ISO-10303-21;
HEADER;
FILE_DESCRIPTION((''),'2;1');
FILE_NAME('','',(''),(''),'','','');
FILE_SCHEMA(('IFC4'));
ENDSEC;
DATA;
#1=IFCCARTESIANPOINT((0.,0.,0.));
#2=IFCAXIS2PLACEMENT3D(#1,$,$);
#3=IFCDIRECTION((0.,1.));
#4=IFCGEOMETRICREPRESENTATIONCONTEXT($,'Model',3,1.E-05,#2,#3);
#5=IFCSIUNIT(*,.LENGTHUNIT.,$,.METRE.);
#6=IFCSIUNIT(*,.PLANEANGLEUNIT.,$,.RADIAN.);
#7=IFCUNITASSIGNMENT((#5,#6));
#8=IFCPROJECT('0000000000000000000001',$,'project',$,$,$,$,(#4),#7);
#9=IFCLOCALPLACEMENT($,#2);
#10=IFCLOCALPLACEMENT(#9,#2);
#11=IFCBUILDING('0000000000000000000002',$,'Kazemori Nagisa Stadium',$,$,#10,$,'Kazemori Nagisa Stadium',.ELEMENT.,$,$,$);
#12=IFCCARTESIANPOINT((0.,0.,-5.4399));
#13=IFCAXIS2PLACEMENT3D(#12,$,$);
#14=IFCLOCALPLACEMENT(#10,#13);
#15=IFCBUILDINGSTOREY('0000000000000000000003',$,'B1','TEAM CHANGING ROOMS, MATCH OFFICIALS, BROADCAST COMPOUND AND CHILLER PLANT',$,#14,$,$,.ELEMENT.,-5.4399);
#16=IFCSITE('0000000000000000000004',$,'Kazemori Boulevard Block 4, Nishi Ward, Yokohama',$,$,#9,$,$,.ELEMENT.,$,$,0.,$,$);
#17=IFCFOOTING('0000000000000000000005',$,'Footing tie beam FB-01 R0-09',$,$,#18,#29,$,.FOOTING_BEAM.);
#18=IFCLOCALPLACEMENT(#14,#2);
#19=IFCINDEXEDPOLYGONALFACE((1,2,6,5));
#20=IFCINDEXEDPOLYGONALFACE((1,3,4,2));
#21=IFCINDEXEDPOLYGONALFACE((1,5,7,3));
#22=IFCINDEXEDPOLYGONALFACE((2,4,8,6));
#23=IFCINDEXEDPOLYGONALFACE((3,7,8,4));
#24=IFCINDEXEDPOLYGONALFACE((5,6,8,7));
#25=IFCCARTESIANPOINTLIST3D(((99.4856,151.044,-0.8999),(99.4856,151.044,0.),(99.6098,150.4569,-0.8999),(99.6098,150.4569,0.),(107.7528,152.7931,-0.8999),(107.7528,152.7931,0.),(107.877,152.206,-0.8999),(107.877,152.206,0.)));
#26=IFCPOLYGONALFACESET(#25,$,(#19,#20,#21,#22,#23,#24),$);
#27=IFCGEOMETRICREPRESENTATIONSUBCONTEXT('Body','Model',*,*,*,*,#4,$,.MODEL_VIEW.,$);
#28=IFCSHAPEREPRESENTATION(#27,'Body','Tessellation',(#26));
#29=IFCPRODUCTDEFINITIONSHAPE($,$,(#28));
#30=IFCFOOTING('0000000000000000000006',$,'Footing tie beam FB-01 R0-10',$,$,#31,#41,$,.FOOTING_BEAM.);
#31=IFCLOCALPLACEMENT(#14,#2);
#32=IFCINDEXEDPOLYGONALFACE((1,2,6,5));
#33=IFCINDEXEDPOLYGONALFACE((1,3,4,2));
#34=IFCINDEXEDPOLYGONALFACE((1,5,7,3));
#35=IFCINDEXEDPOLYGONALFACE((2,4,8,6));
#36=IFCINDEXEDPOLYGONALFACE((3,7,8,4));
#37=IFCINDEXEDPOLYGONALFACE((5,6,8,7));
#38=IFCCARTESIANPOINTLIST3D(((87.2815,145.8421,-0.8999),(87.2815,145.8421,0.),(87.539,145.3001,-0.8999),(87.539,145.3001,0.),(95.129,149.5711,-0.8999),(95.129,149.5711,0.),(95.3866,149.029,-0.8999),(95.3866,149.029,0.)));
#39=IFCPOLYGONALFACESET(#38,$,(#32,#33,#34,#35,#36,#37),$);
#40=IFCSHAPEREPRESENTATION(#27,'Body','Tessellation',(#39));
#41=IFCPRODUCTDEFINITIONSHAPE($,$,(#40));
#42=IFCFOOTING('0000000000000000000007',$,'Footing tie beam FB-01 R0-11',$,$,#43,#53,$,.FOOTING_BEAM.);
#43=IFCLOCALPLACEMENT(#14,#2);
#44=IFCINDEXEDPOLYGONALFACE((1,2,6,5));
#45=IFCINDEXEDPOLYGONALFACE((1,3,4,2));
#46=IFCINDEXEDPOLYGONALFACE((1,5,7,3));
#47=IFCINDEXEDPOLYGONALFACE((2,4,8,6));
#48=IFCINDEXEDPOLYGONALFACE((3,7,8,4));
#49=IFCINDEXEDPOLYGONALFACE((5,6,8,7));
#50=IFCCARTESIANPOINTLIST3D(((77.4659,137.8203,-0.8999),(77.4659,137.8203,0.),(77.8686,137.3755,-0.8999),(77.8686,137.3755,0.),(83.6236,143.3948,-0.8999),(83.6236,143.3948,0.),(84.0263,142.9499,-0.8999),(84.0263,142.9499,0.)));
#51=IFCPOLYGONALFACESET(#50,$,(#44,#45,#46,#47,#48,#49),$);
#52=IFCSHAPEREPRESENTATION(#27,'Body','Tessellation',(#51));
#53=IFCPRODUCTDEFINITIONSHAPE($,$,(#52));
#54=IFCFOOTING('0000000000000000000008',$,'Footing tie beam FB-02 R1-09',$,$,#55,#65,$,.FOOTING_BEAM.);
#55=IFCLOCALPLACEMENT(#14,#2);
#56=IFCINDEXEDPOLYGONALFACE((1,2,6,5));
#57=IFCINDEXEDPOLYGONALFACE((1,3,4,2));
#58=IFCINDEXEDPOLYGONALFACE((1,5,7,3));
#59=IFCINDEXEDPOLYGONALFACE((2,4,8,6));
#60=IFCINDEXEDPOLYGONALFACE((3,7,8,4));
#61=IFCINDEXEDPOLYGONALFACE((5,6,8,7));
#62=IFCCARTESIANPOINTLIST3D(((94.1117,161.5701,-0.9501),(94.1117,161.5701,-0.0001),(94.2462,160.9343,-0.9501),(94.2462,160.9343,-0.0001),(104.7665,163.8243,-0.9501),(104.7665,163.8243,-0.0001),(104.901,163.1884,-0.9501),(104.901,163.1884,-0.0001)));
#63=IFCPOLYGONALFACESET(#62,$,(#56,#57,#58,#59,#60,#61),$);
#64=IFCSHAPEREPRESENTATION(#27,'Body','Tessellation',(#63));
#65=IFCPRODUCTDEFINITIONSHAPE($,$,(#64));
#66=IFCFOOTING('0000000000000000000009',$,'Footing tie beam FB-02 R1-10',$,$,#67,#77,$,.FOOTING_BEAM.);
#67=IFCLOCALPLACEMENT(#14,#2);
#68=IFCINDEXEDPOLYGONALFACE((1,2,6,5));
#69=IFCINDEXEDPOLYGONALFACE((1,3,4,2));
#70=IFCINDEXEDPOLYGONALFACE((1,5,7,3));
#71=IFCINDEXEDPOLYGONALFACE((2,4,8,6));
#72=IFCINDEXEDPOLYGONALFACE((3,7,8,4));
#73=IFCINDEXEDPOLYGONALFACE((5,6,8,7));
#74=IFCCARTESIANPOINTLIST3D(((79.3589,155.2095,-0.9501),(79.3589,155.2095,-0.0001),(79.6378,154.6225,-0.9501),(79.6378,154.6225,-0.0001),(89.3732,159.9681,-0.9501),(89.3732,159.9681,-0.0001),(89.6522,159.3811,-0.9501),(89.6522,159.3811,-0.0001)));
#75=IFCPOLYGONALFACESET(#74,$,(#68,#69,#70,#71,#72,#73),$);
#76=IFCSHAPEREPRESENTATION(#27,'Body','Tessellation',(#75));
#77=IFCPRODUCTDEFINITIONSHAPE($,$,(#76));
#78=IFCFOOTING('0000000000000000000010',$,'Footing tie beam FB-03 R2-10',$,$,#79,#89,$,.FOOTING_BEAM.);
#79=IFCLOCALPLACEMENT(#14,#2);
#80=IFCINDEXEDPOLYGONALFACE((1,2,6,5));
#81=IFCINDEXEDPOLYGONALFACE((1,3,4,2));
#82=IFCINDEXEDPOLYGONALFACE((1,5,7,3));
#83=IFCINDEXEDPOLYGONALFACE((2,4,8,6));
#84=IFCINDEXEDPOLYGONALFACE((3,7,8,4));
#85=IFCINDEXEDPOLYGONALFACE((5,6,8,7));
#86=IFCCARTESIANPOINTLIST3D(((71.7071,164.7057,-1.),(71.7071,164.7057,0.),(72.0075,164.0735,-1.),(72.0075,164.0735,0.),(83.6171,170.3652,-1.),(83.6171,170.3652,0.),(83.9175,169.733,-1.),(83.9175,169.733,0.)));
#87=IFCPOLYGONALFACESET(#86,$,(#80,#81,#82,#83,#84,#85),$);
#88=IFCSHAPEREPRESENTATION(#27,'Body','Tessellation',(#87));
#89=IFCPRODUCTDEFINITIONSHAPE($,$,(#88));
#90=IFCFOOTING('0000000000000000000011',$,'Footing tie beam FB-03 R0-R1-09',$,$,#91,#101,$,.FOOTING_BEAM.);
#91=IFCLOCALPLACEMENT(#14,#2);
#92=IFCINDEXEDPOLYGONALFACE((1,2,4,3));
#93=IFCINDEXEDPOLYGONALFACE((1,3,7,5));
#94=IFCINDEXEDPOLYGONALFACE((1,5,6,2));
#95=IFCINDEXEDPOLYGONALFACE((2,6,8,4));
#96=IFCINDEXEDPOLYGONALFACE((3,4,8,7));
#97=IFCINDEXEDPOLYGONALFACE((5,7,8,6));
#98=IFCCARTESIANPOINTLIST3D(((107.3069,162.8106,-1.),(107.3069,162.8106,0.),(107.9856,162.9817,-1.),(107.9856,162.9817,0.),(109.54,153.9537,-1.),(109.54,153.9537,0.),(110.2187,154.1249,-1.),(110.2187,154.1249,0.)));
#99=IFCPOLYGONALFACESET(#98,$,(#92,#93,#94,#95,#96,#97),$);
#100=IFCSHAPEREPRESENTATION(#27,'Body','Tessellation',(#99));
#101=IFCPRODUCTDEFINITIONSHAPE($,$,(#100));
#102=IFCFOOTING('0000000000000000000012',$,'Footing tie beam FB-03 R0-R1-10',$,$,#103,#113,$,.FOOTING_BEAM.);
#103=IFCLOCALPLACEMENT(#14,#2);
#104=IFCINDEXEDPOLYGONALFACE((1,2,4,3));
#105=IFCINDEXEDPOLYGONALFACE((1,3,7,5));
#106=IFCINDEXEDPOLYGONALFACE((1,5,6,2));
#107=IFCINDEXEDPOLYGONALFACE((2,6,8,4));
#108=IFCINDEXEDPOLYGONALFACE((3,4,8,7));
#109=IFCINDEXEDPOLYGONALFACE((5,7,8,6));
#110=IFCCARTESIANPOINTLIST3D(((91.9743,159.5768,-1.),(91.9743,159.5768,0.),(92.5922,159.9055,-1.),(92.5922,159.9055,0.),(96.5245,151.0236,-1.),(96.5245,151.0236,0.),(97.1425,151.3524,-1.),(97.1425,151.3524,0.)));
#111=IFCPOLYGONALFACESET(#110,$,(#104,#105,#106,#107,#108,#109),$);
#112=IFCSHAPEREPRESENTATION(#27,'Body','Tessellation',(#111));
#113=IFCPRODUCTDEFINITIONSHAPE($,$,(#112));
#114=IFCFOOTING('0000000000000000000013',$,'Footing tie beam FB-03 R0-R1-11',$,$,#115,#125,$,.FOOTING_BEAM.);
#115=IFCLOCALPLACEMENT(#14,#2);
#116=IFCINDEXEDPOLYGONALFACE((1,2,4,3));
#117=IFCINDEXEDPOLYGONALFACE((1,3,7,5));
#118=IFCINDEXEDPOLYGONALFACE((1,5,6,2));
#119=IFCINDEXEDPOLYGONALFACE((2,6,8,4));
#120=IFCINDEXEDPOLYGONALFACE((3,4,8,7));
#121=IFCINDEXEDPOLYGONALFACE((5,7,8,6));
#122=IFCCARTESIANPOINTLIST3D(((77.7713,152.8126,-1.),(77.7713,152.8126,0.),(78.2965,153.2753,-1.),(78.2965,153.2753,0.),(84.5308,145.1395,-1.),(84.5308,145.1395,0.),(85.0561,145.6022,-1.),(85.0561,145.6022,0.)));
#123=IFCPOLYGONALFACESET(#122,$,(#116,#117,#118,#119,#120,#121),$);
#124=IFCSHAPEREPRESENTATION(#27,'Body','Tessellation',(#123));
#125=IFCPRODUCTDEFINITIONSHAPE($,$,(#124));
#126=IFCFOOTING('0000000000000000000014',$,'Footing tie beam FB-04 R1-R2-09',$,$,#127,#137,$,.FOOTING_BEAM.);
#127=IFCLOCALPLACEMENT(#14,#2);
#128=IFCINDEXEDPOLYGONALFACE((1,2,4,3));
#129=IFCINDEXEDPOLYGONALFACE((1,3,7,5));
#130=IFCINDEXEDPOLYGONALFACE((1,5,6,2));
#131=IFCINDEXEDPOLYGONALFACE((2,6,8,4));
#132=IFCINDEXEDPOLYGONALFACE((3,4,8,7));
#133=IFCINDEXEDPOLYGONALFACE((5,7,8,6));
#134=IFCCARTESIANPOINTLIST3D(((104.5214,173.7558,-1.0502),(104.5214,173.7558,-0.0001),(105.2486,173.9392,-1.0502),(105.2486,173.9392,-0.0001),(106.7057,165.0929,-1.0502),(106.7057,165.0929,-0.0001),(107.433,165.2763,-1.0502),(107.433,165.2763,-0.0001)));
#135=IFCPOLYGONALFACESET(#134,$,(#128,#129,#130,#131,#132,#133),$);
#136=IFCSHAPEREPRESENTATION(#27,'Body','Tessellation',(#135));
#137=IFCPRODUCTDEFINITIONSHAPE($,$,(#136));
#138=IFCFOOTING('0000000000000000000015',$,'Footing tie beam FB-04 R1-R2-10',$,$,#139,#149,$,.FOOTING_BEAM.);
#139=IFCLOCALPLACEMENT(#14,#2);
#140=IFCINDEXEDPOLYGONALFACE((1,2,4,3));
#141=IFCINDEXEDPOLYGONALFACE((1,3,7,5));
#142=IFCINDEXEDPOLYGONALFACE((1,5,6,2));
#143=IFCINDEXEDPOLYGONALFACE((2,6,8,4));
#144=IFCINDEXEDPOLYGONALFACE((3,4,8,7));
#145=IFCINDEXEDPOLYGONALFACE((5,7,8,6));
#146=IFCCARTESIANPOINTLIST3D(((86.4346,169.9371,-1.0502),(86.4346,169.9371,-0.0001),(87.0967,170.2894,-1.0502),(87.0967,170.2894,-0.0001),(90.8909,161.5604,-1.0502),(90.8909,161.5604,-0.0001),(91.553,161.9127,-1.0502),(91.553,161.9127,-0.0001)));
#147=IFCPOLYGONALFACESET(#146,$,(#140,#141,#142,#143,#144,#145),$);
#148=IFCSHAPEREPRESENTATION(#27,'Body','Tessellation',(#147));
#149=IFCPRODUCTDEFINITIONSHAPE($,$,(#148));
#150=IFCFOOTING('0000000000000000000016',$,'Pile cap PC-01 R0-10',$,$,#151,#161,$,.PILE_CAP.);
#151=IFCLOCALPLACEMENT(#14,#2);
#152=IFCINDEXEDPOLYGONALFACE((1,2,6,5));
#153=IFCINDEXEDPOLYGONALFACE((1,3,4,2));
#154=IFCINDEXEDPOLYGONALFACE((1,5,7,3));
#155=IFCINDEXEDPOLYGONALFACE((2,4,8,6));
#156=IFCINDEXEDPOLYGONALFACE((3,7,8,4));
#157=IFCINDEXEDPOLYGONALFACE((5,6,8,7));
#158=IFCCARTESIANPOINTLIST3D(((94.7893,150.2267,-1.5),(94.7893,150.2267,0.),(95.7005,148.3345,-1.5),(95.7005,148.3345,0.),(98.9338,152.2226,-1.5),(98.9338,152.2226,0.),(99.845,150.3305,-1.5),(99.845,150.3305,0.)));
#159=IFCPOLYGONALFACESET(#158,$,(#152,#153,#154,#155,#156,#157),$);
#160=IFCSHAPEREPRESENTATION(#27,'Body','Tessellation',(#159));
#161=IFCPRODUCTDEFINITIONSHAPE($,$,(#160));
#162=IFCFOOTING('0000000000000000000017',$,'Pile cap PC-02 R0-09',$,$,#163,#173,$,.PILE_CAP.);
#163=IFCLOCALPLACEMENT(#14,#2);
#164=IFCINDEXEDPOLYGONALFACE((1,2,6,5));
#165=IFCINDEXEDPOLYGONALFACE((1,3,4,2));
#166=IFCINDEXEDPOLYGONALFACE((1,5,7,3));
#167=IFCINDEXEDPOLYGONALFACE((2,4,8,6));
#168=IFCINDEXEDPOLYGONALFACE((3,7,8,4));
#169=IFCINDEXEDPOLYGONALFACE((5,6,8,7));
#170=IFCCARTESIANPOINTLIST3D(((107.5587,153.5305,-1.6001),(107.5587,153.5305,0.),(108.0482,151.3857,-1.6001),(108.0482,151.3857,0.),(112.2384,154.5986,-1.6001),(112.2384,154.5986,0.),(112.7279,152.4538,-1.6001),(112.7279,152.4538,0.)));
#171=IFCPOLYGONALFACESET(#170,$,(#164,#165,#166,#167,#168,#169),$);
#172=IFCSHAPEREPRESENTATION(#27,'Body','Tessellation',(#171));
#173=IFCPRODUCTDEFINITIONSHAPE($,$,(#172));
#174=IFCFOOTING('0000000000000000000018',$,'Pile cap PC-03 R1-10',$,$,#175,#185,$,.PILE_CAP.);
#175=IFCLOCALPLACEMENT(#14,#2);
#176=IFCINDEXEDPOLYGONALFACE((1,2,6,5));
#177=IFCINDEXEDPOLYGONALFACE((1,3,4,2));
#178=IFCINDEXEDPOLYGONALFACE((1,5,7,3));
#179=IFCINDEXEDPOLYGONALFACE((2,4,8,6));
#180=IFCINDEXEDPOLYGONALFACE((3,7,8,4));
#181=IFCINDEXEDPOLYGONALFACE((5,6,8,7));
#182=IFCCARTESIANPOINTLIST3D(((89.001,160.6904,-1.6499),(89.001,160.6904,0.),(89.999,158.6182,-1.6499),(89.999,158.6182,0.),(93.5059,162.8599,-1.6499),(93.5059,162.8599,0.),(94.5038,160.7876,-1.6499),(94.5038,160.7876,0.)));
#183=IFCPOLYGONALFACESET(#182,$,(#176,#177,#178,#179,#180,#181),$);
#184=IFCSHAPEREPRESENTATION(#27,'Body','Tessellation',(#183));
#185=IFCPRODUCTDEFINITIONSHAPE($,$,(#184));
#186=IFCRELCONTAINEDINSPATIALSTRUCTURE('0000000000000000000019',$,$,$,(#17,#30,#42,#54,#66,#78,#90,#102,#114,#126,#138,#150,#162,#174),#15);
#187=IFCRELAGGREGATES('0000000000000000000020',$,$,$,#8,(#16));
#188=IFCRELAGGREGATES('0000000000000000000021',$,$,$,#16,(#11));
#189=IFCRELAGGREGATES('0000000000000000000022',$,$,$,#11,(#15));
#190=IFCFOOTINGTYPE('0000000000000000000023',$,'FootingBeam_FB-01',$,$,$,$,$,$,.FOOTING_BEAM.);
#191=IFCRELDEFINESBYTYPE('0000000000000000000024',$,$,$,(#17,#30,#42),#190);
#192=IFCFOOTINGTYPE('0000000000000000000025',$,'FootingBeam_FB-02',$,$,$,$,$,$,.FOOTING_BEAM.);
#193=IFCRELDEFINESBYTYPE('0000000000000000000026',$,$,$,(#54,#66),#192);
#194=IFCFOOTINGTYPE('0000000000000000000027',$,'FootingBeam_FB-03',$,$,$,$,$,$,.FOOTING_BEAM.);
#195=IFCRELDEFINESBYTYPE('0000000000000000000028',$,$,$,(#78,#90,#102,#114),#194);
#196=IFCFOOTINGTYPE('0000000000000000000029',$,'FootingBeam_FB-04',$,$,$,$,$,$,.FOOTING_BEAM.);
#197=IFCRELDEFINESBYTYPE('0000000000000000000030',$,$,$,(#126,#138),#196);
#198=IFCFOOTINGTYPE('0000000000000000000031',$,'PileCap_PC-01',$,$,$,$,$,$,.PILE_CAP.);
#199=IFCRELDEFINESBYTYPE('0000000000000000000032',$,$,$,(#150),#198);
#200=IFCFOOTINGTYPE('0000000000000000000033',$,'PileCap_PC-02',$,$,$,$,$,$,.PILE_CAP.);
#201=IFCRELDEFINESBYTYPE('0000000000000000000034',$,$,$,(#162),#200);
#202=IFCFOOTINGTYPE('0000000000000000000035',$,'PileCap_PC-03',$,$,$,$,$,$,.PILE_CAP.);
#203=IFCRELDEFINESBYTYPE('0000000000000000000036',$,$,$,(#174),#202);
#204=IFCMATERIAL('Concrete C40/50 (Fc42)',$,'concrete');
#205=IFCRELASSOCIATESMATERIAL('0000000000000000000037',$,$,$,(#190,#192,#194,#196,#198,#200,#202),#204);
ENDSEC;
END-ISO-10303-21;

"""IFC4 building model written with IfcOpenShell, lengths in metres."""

from ifc_helpers import new_model, si_unit, direction, frame, origin, origin_2d, place, context, subcontext, project, spatial, rectangle, extrude, material, material_profile, profile_set, type_object, element, save


model = new_model("IFC4")

# Units and contexts
model_context = context("Model", 3, precision=1e-05, world=origin(), true_north=direction((0.0, 1.0)))
body_context = subcontext(model_context, "Body", "Model", "MODEL_VIEW")
ifc_project = project(units=[si_unit("LENGTHUNIT", "METRE"), si_unit("PLANEANGLEUNIT", "RADIAN")], contexts=[model_context])

# Site, building, storey
site_placement = place(None, origin())
site = spatial("IfcSite", under=ifc_project, at=site_placement, Name="Kazemori Boulevard Block 4, Nishi Ward, Yokohama", CompositionType="ELEMENT", RefElevation=0.0)
building_placement = place(site_placement, origin())
building = spatial("IfcBuilding", under=site, at=building_placement, Name="Kazemori Nagisa Stadium", LongName="Kazemori Nagisa Stadium", CompositionType="ELEMENT")
storey_placement = place(building_placement, frame((0.0, 0.0, -5.4399)))
storey = spatial("IfcBuildingStorey", under=building, at=storey_placement, Name="B1", Description="TEAM CHANGING ROOMS, MATCH OFFICIALS, BROADCAST COMPOUND AND CHILLER PLANT", CompositionType="ELEMENT", Elevation=-5.4399)

# Footings
ifc_material_1 = material(Name="Concrete C40/50 (Fc42)", Category="concrete")
ifc_material_profile_1 = material_profile(ifc_material_1, rectangle(XDim=0.6001, YDim=0.8999, at=origin_2d()), Name="RC-FB-600x900")
ifc_profile_set_1 = profile_set([ifc_material_profile_1], Name="Concrete C40/50 (Fc42)")
footing_type_1 = type_object("IfcFootingType", Name="FootingBeam_FB-01", PredefinedType="FOOTING_BEAM", material=ifc_profile_set_1)
footing_1_placement = place(storey_placement, frame((107.8149, 152.4995, -0.45), z_axis=(-0.978345, -0.206983, 0.0), x_axis=(0.206983, -0.978345, 0.0)))
element("IfcFooting", 1, at=footing_1_placement, inside=storey, type_object=footing_type_1, Name="Footing tie beam FB-01 R0-09", PredefinedType="FOOTING_BEAM", context=body_context, shape_type="SweptSolid", body=[
    extrude(rectangle(XDim=0.6001, YDim=0.8999, at=origin_2d()), origin(), (0.0, 0.0, 1.0), 8.4502),
])
footing_2_placement = place(storey_placement, frame((95.2578, 149.3, -0.45), z_axis=(-0.903217, -0.429185, 0.0), x_axis=(0.429185, -0.903217, 0.0)))
element("IfcFooting", 2, at=footing_2_placement, inside=storey, type_object=footing_type_1, Name="Footing tie beam FB-01 R0-10", PredefinedType="FOOTING_BEAM", context=body_context, shape_type="SweptSolid", body=[
    extrude(rectangle(XDim=0.6001, YDim=0.8999, at=origin_2d()), origin(), (0.0, 0.0, 1.0), 8.6885),
])
footing_3_placement = place(storey_placement, frame((83.825, 143.1724, -0.45), z_axis=(-0.741344, -0.671125, 0.0), x_axis=(0.671125, -0.741344, 0.0)))
element("IfcFooting", 3, at=footing_3_placement, inside=storey, type_object=footing_type_1, Name="Footing tie beam FB-01 R0-11", PredefinedType="FOOTING_BEAM", context=body_context, shape_type="SweptSolid", body=[
    extrude(rectangle(XDim=0.6001, YDim=0.8999, at=origin_2d()), origin(), (0.0, 0.0, 1.0), 8.3062),
])
ifc_material_profile_2 = material_profile(ifc_material_1, rectangle(XDim=0.6499, YDim=0.95, at=origin_2d()), Name="RC-FB-650x950")
ifc_profile_set_2 = profile_set([ifc_material_profile_2], Name="Concrete C40/50 (Fc42)")
footing_type_2 = type_object("IfcFootingType", Name="FootingBeam_FB-02", PredefinedType="FOOTING_BEAM", material=ifc_profile_set_2)
footing_4_placement = place(storey_placement, frame((104.8337, 163.5063, -0.4751), z_axis=(-0.978345, -0.206981, 0.0), x_axis=(0.206981, -0.978345, 0.0)))
element("IfcFooting", 4, at=footing_4_placement, inside=storey, type_object=footing_type_2, Name="Footing tie beam FB-02 R1-09", PredefinedType="FOOTING_BEAM", context=body_context, shape_type="SweptSolid", body=[
    extrude(rectangle(XDim=0.6499, YDim=0.95, at=origin_2d()), origin(), (0.0, 0.0, 1.0), 10.8906),
])
footing_5_placement = place(storey_placement, frame((89.5127, 159.6746, -0.4751), z_axis=(-0.903218, -0.429182, 0.0), x_axis=(0.429182, -0.903218, 0.0)))
element("IfcFooting", 5, at=footing_5_placement, inside=storey, type_object=footing_type_2, Name="Footing tie beam FB-02 R1-10", PredefinedType="FOOTING_BEAM", context=body_context, shape_type="SweptSolid", body=[
    extrude(rectangle(XDim=0.6499, YDim=0.95, at=origin_2d()), origin(), (0.0, 0.0, 1.0), 11.0874),
])
ifc_material_profile_3 = material_profile(ifc_material_1, rectangle(XDim=0.7, YDim=1.0, at=origin_2d()), Name="RC-FB-700x1000")
ifc_profile_set_3 = profile_set([ifc_material_profile_3], Name="Concrete C40/50 (Fc42)")
footing_type_3 = type_object("IfcFootingType", Name="FootingBeam_FB-03", PredefinedType="FOOTING_BEAM", material=ifc_profile_set_3)
footing_6_placement = place(storey_placement, frame((83.7673, 170.0491, -0.5), z_axis=(-0.903212, -0.429194, 0.0), x_axis=(0.429194, -0.903212, 0.0)))
element("IfcFooting", 6, at=footing_6_placement, inside=storey, type_object=footing_type_3, Name="Footing tie beam FB-03 R2-10", PredefinedType="FOOTING_BEAM", context=body_context, shape_type="SweptSolid", body=[
    extrude(rectangle(XDim=0.7, YDim=1.0, at=origin_2d()), origin(), (0.0, 0.0, 1.0), 13.1863),
])
footing_7_placement = place(storey_placement, frame((109.8794, 154.0393, -0.5), z_axis=(-0.244485, 0.969653, 0.0), x_axis=(-0.969653, -0.244485, 0.0)))
element("IfcFooting", 7, at=footing_7_placement, inside=storey, type_object=footing_type_3, Name="Footing tie beam FB-03 R0-R1-09", PredefinedType="FOOTING_BEAM", context=body_context, shape_type="SweptSolid", body=[
    extrude(rectangle(XDim=0.7, YDim=1.0, at=origin_2d()), origin(), (0.0, 0.0, 1.0), 9.134),
])
footing_8_placement = place(storey_placement, frame((96.8335, 151.188, -0.5), z_axis=(-0.46967, 0.882842, 0.0), x_axis=(-0.882842, -0.46967, 0.0)))
element("IfcFooting", 8, at=footing_8_placement, inside=storey, type_object=footing_type_3, Name="Footing tie beam FB-03 R0-R1-10", PredefinedType="FOOTING_BEAM", context=body_context, shape_type="SweptSolid", body=[
    extrude(rectangle(XDim=0.7, YDim=1.0, at=origin_2d()), origin(), (0.0, 0.0, 1.0), 9.6882),
])
footing_9_placement = place(storey_placement, frame((84.7935, 145.3708, -0.5), z_axis=(-0.661024, 0.750364, 0.0), x_axis=(-0.750364, -0.661024, 0.0)))
element("IfcFooting", 9, at=footing_9_placement, inside=storey, type_object=footing_type_3, Name="Footing tie beam FB-03 R0-R1-11", PredefinedType="FOOTING_BEAM", context=body_context, shape_type="SweptSolid", body=[
    extrude(rectangle(XDim=0.7, YDim=1.0, at=origin_2d()), origin(), (0.0, 0.0, 1.0), 10.2258),
])
ifc_material_profile_4 = material_profile(ifc_material_1, rectangle(XDim=0.75, YDim=1.05, at=origin_2d()), Name="RC-FB-750x1050")
ifc_profile_set_4 = profile_set([ifc_material_profile_4], Name="Concrete C40/50 (Fc42)")
footing_type_4 = type_object("IfcFootingType", Name="FootingBeam_FB-04", PredefinedType="FOOTING_BEAM", material=ifc_profile_set_4)
footing_10_placement = place(storey_placement, frame((107.0693, 165.1846, -0.5251), z_axis=(-0.244496, 0.96965, 0.0), x_axis=(-0.96965, -0.244496, 0.0)))
element("IfcFooting", 10, at=footing_10_placement, inside=storey, type_object=footing_type_4, Name="Footing tie beam FB-04 R1-R2-09", PredefinedType="FOOTING_BEAM", context=body_context, shape_type="SweptSolid", body=[
    extrude(rectangle(XDim=0.75, YDim=1.05, at=origin_2d()), origin(), (0.0, 0.0, 1.0), 8.9341),
])
footing_11_placement = place(storey_placement, frame((91.2219, 161.7366, -0.5251), z_axis=(-0.469662, 0.882846, 0.0), x_axis=(-0.882846, -0.469662, 0.0)))
element("IfcFooting", 11, at=footing_11_placement, inside=storey, type_object=footing_type_4, Name="Footing tie beam FB-04 R1-R2-10", PredefinedType="FOOTING_BEAM", context=body_context, shape_type="SweptSolid", body=[
    extrude(rectangle(XDim=0.75, YDim=1.05, at=origin_2d()), origin(), (0.0, 0.0, 1.0), 9.4883),
])
footing_type_5 = type_object("IfcFootingType", Name="PileCap_PC-01", PredefinedType="PILE_CAP", material=ifc_material_1)
footing_12_placement = place(storey_placement, frame((97.3171, 150.2786, -1.5), z_axis=(0.0, 0.0, 1.0), x_axis=(-0.900969, -0.433884, 0.0)))
element("IfcFooting", 12, at=footing_12_placement, inside=storey, type_object=footing_type_5, Name="Pile cap PC-01 R0-10", PredefinedType="PILE_CAP", context=body_context, shape_type="SweptSolid", body=[
    extrude(rectangle(XDim=4.6001, YDim=2.1001, at=origin_2d()), origin(), (0.0, 0.0, 1.0), 1.5),
])
footing_type_6 = type_object("IfcFootingType", Name="PileCap_PC-02", PredefinedType="PILE_CAP", material=ifc_material_1)
footing_13_placement = place(storey_placement, frame((110.1433, 152.9922, -1.6001), z_axis=(0.0, 0.0, 1.0), x_axis=(-0.974928, -0.222521, 0.0)))
element("IfcFooting", 13, at=footing_13_placement, inside=storey, type_object=footing_type_6, Name="Pile cap PC-02 R0-09", PredefinedType="PILE_CAP", context=body_context, shape_type="SweptSolid", body=[
    extrude(rectangle(XDim=4.8, YDim=2.2, at=origin_2d()), origin(), (0.0, 0.0, 1.0), 1.6001),
])
footing_type_7 = type_object("IfcFootingType", Name="PileCap_PC-03", PredefinedType="PILE_CAP", material=ifc_material_1)
footing_14_placement = place(storey_placement, frame((91.7524, 160.739, -1.6499), z_axis=(0.0, 0.0, 1.0), x_axis=(-0.900969, -0.433884, 0.0)))
element("IfcFooting", 14, at=footing_14_placement, inside=storey, type_object=footing_type_7, Name="Pile cap PC-03 R1-10", PredefinedType="PILE_CAP", context=body_context, shape_type="SweptSolid", body=[
    extrude(rectangle(XDim=5.0, YDim=2.3, at=origin_2d()), origin(), (0.0, 0.0, 1.0), 1.6499),
])

save(model, "model.ifc")
